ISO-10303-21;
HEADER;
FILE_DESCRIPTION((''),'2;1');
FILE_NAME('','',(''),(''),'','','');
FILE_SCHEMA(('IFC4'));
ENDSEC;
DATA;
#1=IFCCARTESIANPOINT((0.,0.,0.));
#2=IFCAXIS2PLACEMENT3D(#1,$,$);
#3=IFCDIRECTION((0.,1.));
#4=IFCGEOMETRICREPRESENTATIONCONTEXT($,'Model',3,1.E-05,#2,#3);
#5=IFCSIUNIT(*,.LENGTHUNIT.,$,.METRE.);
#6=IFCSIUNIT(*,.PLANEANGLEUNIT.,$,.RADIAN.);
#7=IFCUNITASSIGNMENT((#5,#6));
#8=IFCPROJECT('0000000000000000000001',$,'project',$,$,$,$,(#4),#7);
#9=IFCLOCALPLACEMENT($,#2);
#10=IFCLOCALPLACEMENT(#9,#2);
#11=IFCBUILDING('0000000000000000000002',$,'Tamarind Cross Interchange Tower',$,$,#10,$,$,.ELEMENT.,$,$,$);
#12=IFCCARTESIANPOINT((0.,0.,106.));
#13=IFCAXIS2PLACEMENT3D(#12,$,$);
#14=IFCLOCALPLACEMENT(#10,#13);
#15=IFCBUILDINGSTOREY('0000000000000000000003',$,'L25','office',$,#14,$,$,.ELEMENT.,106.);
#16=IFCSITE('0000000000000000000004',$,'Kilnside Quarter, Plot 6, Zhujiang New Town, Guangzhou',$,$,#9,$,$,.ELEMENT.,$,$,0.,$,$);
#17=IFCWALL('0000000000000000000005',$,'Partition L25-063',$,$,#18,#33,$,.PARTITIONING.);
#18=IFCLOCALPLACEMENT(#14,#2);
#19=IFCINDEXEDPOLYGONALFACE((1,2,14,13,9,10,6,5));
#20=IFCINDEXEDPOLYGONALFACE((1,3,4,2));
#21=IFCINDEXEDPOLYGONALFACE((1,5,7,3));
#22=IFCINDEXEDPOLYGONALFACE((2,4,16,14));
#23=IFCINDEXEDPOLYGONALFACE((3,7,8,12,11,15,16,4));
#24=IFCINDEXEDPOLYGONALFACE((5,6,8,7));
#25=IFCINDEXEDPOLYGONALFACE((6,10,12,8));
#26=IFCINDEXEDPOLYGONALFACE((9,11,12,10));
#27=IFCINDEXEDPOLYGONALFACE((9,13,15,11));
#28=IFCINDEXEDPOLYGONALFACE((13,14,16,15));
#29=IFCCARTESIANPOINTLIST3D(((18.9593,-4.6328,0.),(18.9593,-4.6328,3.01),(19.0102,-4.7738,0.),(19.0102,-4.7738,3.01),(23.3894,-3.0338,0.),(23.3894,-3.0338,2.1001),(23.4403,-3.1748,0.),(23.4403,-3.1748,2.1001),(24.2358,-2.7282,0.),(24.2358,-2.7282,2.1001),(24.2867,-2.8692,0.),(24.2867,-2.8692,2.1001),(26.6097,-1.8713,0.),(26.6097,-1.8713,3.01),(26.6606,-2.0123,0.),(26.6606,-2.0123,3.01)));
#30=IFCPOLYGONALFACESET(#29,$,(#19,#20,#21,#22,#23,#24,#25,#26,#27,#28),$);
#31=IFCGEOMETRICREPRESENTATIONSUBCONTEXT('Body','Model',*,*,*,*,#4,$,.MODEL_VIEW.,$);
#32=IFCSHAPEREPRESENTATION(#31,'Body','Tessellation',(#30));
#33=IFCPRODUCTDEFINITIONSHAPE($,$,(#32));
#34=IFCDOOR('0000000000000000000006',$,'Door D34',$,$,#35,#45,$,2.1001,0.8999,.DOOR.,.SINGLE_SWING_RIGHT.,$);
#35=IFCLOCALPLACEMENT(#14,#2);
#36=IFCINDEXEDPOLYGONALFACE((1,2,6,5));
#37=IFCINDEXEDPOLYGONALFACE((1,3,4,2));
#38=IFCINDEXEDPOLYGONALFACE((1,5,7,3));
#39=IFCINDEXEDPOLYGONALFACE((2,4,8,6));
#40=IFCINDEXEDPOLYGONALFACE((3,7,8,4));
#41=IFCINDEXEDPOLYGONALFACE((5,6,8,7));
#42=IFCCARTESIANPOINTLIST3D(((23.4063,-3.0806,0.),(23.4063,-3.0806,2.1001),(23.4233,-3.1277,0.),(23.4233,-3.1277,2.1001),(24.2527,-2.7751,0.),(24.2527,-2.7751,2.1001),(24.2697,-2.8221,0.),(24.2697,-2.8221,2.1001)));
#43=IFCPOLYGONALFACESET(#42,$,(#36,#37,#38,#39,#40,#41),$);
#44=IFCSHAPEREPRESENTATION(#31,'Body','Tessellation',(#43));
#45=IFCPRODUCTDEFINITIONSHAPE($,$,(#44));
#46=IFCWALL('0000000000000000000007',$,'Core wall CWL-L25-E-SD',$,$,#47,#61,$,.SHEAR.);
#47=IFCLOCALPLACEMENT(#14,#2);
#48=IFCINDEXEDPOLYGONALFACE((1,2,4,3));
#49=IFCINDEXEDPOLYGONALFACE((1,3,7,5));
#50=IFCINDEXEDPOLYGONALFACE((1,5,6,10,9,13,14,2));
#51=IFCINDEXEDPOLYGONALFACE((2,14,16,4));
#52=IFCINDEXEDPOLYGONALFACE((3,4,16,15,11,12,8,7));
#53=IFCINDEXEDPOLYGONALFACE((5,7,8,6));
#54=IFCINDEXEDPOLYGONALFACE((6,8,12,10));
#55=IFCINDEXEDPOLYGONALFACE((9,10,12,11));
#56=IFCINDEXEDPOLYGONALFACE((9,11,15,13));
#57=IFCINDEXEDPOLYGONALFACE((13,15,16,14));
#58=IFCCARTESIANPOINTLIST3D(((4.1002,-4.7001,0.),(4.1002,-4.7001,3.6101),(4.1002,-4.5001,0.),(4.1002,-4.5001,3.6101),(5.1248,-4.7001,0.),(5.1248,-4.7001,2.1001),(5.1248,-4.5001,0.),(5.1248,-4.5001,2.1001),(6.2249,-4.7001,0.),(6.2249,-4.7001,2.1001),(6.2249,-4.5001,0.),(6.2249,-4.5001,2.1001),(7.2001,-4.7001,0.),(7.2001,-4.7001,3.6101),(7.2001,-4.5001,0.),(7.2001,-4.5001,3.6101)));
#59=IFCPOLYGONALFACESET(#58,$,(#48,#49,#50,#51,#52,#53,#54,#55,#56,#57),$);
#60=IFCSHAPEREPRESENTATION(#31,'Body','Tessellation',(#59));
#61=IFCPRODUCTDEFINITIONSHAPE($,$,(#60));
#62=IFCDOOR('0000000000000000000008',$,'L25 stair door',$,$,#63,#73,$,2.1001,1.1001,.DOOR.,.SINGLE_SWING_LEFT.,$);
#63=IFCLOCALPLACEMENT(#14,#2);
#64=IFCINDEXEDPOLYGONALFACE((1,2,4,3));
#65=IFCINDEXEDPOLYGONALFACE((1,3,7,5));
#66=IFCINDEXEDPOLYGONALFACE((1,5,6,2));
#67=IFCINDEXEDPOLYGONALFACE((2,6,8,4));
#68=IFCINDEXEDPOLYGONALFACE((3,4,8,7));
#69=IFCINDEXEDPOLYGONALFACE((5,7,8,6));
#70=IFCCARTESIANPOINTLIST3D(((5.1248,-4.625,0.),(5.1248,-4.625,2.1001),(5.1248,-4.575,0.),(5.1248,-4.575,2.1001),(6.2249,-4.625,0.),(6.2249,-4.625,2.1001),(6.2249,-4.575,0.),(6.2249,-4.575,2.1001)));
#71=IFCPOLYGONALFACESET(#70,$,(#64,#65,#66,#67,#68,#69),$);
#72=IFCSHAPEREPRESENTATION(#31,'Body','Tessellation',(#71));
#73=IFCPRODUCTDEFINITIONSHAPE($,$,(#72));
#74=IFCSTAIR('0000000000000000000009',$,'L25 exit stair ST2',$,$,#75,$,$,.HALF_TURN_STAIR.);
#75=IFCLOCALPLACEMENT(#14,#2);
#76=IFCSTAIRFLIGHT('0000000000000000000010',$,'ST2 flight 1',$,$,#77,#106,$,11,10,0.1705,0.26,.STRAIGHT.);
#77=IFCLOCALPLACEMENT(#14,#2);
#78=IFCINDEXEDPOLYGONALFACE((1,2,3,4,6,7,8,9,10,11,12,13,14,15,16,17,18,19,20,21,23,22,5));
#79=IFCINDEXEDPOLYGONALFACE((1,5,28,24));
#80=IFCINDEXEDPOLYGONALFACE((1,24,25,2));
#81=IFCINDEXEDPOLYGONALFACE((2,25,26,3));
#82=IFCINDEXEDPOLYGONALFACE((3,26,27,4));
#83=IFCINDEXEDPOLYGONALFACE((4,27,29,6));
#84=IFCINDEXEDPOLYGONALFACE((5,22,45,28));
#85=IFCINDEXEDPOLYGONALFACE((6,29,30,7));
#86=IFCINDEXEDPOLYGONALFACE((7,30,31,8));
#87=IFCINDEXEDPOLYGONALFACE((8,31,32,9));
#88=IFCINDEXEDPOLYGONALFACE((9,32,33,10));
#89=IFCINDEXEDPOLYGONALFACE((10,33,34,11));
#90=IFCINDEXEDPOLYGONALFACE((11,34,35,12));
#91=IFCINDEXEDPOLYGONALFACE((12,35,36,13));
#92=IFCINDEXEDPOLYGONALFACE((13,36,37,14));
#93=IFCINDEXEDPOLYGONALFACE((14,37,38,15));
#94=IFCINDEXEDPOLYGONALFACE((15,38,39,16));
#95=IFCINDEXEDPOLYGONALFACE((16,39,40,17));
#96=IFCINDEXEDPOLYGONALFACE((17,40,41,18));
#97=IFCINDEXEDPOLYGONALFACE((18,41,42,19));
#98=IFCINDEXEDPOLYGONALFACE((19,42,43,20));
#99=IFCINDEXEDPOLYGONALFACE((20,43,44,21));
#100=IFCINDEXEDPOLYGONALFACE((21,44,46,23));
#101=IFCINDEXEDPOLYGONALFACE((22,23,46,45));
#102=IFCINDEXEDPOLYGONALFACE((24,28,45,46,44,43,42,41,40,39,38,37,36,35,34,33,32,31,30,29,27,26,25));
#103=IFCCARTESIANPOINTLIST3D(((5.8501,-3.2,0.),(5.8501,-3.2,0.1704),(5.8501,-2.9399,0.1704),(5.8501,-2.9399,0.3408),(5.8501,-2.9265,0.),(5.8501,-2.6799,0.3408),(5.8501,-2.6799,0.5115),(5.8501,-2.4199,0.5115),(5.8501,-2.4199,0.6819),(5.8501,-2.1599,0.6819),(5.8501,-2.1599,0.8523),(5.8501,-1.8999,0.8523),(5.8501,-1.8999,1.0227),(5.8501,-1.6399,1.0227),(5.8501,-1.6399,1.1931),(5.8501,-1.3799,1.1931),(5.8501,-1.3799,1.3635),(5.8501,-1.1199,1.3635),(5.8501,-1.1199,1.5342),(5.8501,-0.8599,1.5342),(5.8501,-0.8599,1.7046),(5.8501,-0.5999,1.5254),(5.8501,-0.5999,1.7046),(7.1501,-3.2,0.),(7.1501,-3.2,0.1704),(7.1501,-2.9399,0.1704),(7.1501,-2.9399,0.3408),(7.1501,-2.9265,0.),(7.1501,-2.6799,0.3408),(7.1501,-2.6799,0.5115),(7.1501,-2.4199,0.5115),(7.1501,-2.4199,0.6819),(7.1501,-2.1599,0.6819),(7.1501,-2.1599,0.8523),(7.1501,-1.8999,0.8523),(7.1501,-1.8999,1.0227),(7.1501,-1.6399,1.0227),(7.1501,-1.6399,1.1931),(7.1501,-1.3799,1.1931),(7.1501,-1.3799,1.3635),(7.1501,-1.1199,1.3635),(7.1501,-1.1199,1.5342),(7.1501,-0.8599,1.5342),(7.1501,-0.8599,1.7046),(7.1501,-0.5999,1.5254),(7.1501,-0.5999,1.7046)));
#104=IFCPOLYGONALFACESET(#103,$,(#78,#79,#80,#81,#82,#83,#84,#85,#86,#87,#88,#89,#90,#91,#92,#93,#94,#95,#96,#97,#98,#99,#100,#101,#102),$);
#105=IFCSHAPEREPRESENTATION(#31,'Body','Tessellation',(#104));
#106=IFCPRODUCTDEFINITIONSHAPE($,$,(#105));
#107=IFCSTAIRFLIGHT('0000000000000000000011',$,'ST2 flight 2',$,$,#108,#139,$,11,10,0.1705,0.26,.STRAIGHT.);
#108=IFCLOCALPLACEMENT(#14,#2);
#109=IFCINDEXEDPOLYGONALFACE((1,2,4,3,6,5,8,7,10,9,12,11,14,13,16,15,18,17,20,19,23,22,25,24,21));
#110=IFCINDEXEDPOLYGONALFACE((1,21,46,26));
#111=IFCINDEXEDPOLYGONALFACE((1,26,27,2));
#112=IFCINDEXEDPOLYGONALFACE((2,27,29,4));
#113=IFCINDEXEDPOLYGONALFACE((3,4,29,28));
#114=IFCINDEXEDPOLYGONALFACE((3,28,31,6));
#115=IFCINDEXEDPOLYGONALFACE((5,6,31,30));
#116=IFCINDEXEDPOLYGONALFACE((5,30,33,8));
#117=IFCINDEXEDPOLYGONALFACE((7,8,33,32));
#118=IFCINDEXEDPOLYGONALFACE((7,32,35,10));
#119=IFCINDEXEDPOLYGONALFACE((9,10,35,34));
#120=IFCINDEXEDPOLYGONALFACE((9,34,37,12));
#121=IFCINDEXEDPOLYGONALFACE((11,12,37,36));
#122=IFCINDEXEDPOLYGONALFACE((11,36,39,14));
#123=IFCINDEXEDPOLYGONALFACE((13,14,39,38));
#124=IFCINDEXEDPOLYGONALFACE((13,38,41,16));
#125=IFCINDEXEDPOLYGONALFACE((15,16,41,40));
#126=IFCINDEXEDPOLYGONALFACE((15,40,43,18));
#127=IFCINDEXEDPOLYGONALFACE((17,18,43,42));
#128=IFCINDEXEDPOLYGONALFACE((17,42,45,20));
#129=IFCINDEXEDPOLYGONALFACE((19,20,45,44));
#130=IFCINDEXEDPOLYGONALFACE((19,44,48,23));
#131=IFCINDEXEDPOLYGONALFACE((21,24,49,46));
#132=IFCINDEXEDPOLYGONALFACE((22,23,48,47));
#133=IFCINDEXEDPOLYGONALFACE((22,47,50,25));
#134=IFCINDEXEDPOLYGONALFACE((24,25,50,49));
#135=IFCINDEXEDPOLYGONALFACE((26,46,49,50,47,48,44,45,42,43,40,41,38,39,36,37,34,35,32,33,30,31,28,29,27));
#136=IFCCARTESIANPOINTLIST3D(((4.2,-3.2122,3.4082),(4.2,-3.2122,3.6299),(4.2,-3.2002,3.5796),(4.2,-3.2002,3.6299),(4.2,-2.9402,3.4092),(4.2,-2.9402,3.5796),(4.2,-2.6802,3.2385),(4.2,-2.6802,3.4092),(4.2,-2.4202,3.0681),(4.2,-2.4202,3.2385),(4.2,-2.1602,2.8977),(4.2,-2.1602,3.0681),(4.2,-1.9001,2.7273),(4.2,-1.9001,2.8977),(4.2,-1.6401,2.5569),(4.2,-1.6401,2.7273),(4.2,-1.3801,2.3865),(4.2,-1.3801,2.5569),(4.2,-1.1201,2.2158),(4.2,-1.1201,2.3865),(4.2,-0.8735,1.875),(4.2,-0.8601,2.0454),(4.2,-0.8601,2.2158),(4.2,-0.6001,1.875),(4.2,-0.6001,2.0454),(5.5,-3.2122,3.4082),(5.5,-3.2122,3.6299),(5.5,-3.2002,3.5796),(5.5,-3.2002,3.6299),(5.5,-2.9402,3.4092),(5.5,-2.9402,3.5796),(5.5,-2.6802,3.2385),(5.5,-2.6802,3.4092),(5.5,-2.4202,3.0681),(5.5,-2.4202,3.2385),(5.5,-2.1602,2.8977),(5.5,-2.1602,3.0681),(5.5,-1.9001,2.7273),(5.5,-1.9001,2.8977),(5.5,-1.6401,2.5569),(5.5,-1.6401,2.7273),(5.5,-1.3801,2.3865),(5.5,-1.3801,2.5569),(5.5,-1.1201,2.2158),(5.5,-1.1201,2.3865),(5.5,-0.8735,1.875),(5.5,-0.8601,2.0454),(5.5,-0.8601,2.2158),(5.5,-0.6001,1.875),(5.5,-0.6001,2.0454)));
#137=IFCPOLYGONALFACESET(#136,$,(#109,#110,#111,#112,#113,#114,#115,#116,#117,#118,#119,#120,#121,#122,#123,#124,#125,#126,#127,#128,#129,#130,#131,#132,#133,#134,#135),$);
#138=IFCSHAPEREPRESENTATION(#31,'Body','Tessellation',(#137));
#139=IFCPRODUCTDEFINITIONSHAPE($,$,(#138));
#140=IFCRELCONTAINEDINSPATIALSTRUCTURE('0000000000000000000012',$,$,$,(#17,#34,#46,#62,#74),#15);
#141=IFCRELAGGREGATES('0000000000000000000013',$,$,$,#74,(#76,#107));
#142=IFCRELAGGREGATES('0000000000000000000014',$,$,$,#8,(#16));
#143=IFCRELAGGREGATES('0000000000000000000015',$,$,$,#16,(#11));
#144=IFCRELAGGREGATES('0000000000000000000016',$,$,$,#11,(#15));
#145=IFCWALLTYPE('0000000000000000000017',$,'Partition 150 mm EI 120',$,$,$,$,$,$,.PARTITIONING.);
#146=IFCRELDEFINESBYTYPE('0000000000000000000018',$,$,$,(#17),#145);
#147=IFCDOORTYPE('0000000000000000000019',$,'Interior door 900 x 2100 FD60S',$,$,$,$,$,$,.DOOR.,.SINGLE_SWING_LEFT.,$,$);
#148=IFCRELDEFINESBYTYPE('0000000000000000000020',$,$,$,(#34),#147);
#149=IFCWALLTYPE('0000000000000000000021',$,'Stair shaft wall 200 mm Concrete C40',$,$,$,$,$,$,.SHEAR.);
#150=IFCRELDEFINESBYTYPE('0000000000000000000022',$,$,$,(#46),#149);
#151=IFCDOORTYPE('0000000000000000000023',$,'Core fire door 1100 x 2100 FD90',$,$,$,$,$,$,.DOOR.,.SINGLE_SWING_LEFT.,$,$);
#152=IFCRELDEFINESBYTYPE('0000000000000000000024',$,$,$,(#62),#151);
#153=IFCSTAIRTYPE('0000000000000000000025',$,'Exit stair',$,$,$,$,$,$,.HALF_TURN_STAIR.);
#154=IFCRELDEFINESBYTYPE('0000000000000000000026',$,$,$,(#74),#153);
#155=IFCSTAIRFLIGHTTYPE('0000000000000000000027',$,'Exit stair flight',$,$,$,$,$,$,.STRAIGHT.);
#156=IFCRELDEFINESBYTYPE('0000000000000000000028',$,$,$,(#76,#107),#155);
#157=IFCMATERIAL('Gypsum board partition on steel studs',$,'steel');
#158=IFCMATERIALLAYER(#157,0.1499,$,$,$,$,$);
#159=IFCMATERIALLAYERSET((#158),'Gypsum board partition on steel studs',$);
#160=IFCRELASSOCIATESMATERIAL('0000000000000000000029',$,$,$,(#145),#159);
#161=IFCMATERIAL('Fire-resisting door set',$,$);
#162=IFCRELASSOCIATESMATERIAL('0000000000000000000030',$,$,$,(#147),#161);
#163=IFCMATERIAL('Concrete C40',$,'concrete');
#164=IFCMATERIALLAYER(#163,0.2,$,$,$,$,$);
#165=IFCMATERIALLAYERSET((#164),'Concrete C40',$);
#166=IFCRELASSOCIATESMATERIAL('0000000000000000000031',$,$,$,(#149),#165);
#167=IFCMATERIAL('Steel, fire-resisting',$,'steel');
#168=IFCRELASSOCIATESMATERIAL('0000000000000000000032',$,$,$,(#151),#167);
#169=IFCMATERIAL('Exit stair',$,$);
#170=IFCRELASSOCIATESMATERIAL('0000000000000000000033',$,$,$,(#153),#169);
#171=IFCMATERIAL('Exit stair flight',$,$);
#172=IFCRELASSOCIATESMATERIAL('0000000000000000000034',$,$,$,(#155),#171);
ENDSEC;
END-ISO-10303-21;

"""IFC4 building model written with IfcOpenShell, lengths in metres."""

from ifc_helpers import new_model, si_unit, direction, frame, frame_2d, origin, place, context, subcontext, project, spatial, polyline, rectangle, outline, extrude, material, layer, layer_set, type_object, element, fill, aggregate, save


model = new_model("IFC4")

# Units and contexts
model_context = context("Model", 3, precision=1e-05, world=origin(), true_north=direction((0.0, 1.0)))
body_context = subcontext(model_context, "Body", "Model", "MODEL_VIEW")
ifc_project = project(units=[si_unit("LENGTHUNIT", "METRE"), si_unit("PLANEANGLEUNIT", "RADIAN")], contexts=[model_context])

# Site, building, storey
site_placement = place(None, origin())
site = spatial("IfcSite", under=ifc_project, at=site_placement, Name="Kilnside Quarter, Plot 6, Zhujiang New Town, Guangzhou", CompositionType="ELEMENT", RefElevation=0.0)
building_placement = place(site_placement, origin())
building = spatial("IfcBuilding", under=site, at=building_placement, Name="Tamarind Cross Interchange Tower", CompositionType="ELEMENT")
storey_placement = place(building_placement, frame((0.0, 0.0, 106.0)))
storey = spatial("IfcBuildingStorey", under=building, at=storey_placement, Name="L25", Description="office", CompositionType="ELEMENT", Elevation=106.0)

# Walls, openings, doors
ifc_material_1 = material(Name="Gypsum board partition on steel studs", Category="steel")
ifc_layer_1 = layer(ifc_material_1, 0.1499)
ifc_layer_set_1 = layer_set([ifc_layer_1], Name="Gypsum board partition on steel studs")
wall_type_1 = type_object("IfcWallType", Name="Partition 150 mm EI 120", PredefinedType="PARTITIONING", material=ifc_layer_set_1)
wall_1_placement = place(storey_placement, frame((18.9846, -4.7034, 0.0), z_axis=(0.0, 0.0, 1.0), x_axis=(0.9406, 0.339518, 0.0)))
wall_1 = element("IfcWall", 1, at=wall_1_placement, inside=storey, type_object=wall_type_1, Name="Partition L25-063", PredefinedType="PARTITIONING", context=body_context, shape_type="SweptSolid", body=[
    extrude(rectangle(XDim=8.1335, YDim=0.1499, at=frame_2d((4.0669, 0.0))), origin(), (0.0, 0.0, 1.0), 3.01),
])
opening_1_placement = place(wall_1_placement, frame((4.71, 0.0, 0.0)))
opening_1 = element("IfcOpeningElement", 2, at=opening_1_placement, cuts=wall_1, PredefinedType="OPENING", context=body_context, shape_type="SweptSolid", body=[
    extrude(rectangle(XDim=0.8999, YDim=2.1001, at=frame_2d((0.45, 1.05))), frame((0.0, 0.085, 0.0), z_axis=(0.0, -1.0, 0.0), x_axis=(1.0, 0.0, 0.0)), (0.0, 0.0, 1.0), 0.1699),
])
ifc_material_2 = material(Name="Fire-resisting door set")
door_type_1 = type_object("IfcDoorType", Name="Interior door 900 x 2100 FD60S", OperationType="SINGLE_SWING_LEFT", PredefinedType="DOOR", material=ifc_material_2)
door_1_placement = place(opening_1_placement, frame((0.8999, 0.0, 0.0), z_axis=(0.0, 0.0, 1.0), x_axis=(-1.0, 0.0, 0.0)))
door_1 = element("IfcDoor", 3, at=door_1_placement, inside=storey, type_object=door_type_1, Name="Door D34", OperationType="SINGLE_SWING_RIGHT", OverallHeight=2.1001, OverallWidth=0.8999, PredefinedType="DOOR", context=body_context, shape_type="SweptSolid", body=[
    extrude(rectangle(XDim=0.8999, YDim=2.1001, at=frame_2d((0.45, 1.05))), frame((0.0, 0.0249, 0.0), z_axis=(0.0, -1.0, 0.0), x_axis=(1.0, 0.0, 0.0)), (0.0, 0.0, 1.0), 0.05),
])
fill(opening_1, door_1)
ifc_material_3 = material(Name="Concrete C40", Category="concrete")
ifc_layer_2 = layer(ifc_material_3, 0.2)
ifc_layer_set_2 = layer_set([ifc_layer_2], Name="Concrete C40")
wall_type_2 = type_object("IfcWallType", Name="Stair shaft wall 200 mm Concrete C40", PredefinedType="SHEAR", material=ifc_layer_set_2)
wall_2_placement = place(storey_placement, frame((7.2, -4.6001, 0.0), z_axis=(0.0, 0.0, 1.0), x_axis=(-1.0, 0.0, 0.0)))
wall_2 = element("IfcWall", 4, at=wall_2_placement, inside=storey, type_object=wall_type_2, Name="Core wall CWL-L25-E-SD", PredefinedType="SHEAR", context=body_context, shape_type="SweptSolid", body=[
    extrude(rectangle(XDim=3.0999, YDim=0.2, at=frame_2d((1.5498, 0.0))), origin(), (0.0, 0.0, 1.0), 3.6101),
])
opening_2_placement = place(wall_2_placement, frame((0.9751, 0.0, 0.0)))
opening_2 = element("IfcOpeningElement", 5, at=opening_2_placement, cuts=wall_2, PredefinedType="OPENING", context=body_context, shape_type="SweptSolid", body=[
    extrude(rectangle(XDim=1.1001, YDim=2.1001, at=frame_2d((0.55, 1.05))), frame((0.0, 0.1099, 0.0), z_axis=(0.0, -1.0, 0.0), x_axis=(1.0, 0.0, 0.0)), (0.0, 0.0, 1.0), 0.22),
])
ifc_material_4 = material(Name="Steel, fire-resisting", Category="steel")
door_type_2 = type_object("IfcDoorType", Name="Core fire door 1100 x 2100 FD90", OperationType="SINGLE_SWING_LEFT", PredefinedType="DOOR", material=ifc_material_4)
door_2_placement = place(opening_2_placement, origin())
door_2 = element("IfcDoor", 6, at=door_2_placement, inside=storey, type_object=door_type_2, Name="L25 stair door", OperationType="SINGLE_SWING_LEFT", OverallHeight=2.1001, OverallWidth=1.1001, PredefinedType="DOOR", context=body_context, shape_type="SweptSolid", body=[
    extrude(rectangle(XDim=1.1001, YDim=2.1001, at=frame_2d((0.55, 1.05))), frame((0.0, 0.0249, 0.0), z_axis=(0.0, -1.0, 0.0), x_axis=(1.0, 0.0, 0.0)), (0.0, 0.0, 1.0), 0.05),
])
fill(opening_2, door_2)

# Stair, stair flights
ifc_material_5 = material(Name="Exit stair")
stair_type = type_object("IfcStairType", Name="Exit stair", PredefinedType="HALF_TURN_STAIR", material=ifc_material_5)
stair_placement = place(storey_placement, origin())
stair = element("IfcStair", 7, at=stair_placement, inside=storey, type_object=stair_type, Name="L25 exit stair ST2", PredefinedType="HALF_TURN_STAIR")
ifc_material_6 = material(Name="Exit stair flight")
stair_flight_type = type_object("IfcStairFlightType", Name="Exit stair flight", PredefinedType="STRAIGHT", material=ifc_material_6)
stair_flight_1_placement = place(storey_placement, frame((6.5, -3.2, 0.0), z_axis=(0.0, 0.0, 1.0), x_axis=(0.0, 1.0, 0.0)))
stair_flight_1 = element("IfcStairFlight", 8, at=stair_flight_1_placement, type_object=stair_flight_type, Name="ST2 flight 1", NumberOfRisers=11, NumberOfTreads=10, PredefinedType="STRAIGHT", RiserHeight=0.1705, TreadLength=0.26, context=body_context, shape_type="SweptSolid", body=[
    extrude(outline(polyline([(0.0, 0.0), (0.0, 0.1704), (0.26, 0.1704), (0.26, 0.3408), (0.52, 0.3408), (0.52, 0.5115), (0.78, 0.5115), (0.78, 0.6819), (1.04, 0.6819), (1.04, 0.8523), (1.3, 0.8523), (1.3, 1.0227), (1.5601, 1.0227), (1.5601, 1.1931), (1.8201, 1.1931), (1.8201, 1.3635), (2.0801, 1.3635), (2.0801, 1.5342), (2.3401, 1.5342), (2.3401, 1.7046), (2.6001, 1.7046), (2.6001, 1.875), (2.6001, 1.5254), (0.2734, 0.0), (0.0, 0.0)])), frame((0.0, 0.6499, 0.0), z_axis=(0.0, -1.0, 0.0), x_axis=(1.0, 0.0, 0.0)), (0.0, 0.0, 1.0), 1.3),
])
stair_flight_2_placement = place(storey_placement, frame((4.8501, -0.6001, 1.875), z_axis=(0.0, 0.0, 1.0), x_axis=(0.0, -1.0, 0.0)))
stair_flight_2 = element("IfcStairFlight", 9, at=stair_flight_2_placement, type_object=stair_flight_type, Name="ST2 flight 2", NumberOfRisers=11, NumberOfTreads=10, PredefinedType="STRAIGHT", RiserHeight=0.1705, TreadLength=0.26, context=body_context, shape_type="SweptSolid", body=[
    extrude(outline(polyline([(0.0, 0.0), (0.0, 0.1704), (0.26, 0.1704), (0.26, 0.3408), (0.52, 0.3408), (0.52, 0.5115), (0.78, 0.5115), (0.78, 0.6819), (1.04, 0.6819), (1.04, 0.8523), (1.3, 0.8523), (1.3, 1.0227), (1.5601, 1.0227), (1.5601, 1.1931), (1.8201, 1.1931), (1.8201, 1.3635), (2.0801, 1.3635), (2.0801, 1.5342), (2.3401, 1.5342), (2.3401, 1.7046), (2.6001, 1.7046), (2.6001, 1.7549), (2.6121, 1.7549), (2.6121, 1.5332), (0.2734, 0.0), (0.0, 0.0)])), frame((0.0, 0.6499, 0.0), z_axis=(0.0, -1.0, 0.0), x_axis=(1.0, 0.0, 0.0)), (0.0, 0.0, 1.0), 1.3),
])
aggregate(stair, [stair_flight_1, stair_flight_2])

save(model, "model.ifc")
